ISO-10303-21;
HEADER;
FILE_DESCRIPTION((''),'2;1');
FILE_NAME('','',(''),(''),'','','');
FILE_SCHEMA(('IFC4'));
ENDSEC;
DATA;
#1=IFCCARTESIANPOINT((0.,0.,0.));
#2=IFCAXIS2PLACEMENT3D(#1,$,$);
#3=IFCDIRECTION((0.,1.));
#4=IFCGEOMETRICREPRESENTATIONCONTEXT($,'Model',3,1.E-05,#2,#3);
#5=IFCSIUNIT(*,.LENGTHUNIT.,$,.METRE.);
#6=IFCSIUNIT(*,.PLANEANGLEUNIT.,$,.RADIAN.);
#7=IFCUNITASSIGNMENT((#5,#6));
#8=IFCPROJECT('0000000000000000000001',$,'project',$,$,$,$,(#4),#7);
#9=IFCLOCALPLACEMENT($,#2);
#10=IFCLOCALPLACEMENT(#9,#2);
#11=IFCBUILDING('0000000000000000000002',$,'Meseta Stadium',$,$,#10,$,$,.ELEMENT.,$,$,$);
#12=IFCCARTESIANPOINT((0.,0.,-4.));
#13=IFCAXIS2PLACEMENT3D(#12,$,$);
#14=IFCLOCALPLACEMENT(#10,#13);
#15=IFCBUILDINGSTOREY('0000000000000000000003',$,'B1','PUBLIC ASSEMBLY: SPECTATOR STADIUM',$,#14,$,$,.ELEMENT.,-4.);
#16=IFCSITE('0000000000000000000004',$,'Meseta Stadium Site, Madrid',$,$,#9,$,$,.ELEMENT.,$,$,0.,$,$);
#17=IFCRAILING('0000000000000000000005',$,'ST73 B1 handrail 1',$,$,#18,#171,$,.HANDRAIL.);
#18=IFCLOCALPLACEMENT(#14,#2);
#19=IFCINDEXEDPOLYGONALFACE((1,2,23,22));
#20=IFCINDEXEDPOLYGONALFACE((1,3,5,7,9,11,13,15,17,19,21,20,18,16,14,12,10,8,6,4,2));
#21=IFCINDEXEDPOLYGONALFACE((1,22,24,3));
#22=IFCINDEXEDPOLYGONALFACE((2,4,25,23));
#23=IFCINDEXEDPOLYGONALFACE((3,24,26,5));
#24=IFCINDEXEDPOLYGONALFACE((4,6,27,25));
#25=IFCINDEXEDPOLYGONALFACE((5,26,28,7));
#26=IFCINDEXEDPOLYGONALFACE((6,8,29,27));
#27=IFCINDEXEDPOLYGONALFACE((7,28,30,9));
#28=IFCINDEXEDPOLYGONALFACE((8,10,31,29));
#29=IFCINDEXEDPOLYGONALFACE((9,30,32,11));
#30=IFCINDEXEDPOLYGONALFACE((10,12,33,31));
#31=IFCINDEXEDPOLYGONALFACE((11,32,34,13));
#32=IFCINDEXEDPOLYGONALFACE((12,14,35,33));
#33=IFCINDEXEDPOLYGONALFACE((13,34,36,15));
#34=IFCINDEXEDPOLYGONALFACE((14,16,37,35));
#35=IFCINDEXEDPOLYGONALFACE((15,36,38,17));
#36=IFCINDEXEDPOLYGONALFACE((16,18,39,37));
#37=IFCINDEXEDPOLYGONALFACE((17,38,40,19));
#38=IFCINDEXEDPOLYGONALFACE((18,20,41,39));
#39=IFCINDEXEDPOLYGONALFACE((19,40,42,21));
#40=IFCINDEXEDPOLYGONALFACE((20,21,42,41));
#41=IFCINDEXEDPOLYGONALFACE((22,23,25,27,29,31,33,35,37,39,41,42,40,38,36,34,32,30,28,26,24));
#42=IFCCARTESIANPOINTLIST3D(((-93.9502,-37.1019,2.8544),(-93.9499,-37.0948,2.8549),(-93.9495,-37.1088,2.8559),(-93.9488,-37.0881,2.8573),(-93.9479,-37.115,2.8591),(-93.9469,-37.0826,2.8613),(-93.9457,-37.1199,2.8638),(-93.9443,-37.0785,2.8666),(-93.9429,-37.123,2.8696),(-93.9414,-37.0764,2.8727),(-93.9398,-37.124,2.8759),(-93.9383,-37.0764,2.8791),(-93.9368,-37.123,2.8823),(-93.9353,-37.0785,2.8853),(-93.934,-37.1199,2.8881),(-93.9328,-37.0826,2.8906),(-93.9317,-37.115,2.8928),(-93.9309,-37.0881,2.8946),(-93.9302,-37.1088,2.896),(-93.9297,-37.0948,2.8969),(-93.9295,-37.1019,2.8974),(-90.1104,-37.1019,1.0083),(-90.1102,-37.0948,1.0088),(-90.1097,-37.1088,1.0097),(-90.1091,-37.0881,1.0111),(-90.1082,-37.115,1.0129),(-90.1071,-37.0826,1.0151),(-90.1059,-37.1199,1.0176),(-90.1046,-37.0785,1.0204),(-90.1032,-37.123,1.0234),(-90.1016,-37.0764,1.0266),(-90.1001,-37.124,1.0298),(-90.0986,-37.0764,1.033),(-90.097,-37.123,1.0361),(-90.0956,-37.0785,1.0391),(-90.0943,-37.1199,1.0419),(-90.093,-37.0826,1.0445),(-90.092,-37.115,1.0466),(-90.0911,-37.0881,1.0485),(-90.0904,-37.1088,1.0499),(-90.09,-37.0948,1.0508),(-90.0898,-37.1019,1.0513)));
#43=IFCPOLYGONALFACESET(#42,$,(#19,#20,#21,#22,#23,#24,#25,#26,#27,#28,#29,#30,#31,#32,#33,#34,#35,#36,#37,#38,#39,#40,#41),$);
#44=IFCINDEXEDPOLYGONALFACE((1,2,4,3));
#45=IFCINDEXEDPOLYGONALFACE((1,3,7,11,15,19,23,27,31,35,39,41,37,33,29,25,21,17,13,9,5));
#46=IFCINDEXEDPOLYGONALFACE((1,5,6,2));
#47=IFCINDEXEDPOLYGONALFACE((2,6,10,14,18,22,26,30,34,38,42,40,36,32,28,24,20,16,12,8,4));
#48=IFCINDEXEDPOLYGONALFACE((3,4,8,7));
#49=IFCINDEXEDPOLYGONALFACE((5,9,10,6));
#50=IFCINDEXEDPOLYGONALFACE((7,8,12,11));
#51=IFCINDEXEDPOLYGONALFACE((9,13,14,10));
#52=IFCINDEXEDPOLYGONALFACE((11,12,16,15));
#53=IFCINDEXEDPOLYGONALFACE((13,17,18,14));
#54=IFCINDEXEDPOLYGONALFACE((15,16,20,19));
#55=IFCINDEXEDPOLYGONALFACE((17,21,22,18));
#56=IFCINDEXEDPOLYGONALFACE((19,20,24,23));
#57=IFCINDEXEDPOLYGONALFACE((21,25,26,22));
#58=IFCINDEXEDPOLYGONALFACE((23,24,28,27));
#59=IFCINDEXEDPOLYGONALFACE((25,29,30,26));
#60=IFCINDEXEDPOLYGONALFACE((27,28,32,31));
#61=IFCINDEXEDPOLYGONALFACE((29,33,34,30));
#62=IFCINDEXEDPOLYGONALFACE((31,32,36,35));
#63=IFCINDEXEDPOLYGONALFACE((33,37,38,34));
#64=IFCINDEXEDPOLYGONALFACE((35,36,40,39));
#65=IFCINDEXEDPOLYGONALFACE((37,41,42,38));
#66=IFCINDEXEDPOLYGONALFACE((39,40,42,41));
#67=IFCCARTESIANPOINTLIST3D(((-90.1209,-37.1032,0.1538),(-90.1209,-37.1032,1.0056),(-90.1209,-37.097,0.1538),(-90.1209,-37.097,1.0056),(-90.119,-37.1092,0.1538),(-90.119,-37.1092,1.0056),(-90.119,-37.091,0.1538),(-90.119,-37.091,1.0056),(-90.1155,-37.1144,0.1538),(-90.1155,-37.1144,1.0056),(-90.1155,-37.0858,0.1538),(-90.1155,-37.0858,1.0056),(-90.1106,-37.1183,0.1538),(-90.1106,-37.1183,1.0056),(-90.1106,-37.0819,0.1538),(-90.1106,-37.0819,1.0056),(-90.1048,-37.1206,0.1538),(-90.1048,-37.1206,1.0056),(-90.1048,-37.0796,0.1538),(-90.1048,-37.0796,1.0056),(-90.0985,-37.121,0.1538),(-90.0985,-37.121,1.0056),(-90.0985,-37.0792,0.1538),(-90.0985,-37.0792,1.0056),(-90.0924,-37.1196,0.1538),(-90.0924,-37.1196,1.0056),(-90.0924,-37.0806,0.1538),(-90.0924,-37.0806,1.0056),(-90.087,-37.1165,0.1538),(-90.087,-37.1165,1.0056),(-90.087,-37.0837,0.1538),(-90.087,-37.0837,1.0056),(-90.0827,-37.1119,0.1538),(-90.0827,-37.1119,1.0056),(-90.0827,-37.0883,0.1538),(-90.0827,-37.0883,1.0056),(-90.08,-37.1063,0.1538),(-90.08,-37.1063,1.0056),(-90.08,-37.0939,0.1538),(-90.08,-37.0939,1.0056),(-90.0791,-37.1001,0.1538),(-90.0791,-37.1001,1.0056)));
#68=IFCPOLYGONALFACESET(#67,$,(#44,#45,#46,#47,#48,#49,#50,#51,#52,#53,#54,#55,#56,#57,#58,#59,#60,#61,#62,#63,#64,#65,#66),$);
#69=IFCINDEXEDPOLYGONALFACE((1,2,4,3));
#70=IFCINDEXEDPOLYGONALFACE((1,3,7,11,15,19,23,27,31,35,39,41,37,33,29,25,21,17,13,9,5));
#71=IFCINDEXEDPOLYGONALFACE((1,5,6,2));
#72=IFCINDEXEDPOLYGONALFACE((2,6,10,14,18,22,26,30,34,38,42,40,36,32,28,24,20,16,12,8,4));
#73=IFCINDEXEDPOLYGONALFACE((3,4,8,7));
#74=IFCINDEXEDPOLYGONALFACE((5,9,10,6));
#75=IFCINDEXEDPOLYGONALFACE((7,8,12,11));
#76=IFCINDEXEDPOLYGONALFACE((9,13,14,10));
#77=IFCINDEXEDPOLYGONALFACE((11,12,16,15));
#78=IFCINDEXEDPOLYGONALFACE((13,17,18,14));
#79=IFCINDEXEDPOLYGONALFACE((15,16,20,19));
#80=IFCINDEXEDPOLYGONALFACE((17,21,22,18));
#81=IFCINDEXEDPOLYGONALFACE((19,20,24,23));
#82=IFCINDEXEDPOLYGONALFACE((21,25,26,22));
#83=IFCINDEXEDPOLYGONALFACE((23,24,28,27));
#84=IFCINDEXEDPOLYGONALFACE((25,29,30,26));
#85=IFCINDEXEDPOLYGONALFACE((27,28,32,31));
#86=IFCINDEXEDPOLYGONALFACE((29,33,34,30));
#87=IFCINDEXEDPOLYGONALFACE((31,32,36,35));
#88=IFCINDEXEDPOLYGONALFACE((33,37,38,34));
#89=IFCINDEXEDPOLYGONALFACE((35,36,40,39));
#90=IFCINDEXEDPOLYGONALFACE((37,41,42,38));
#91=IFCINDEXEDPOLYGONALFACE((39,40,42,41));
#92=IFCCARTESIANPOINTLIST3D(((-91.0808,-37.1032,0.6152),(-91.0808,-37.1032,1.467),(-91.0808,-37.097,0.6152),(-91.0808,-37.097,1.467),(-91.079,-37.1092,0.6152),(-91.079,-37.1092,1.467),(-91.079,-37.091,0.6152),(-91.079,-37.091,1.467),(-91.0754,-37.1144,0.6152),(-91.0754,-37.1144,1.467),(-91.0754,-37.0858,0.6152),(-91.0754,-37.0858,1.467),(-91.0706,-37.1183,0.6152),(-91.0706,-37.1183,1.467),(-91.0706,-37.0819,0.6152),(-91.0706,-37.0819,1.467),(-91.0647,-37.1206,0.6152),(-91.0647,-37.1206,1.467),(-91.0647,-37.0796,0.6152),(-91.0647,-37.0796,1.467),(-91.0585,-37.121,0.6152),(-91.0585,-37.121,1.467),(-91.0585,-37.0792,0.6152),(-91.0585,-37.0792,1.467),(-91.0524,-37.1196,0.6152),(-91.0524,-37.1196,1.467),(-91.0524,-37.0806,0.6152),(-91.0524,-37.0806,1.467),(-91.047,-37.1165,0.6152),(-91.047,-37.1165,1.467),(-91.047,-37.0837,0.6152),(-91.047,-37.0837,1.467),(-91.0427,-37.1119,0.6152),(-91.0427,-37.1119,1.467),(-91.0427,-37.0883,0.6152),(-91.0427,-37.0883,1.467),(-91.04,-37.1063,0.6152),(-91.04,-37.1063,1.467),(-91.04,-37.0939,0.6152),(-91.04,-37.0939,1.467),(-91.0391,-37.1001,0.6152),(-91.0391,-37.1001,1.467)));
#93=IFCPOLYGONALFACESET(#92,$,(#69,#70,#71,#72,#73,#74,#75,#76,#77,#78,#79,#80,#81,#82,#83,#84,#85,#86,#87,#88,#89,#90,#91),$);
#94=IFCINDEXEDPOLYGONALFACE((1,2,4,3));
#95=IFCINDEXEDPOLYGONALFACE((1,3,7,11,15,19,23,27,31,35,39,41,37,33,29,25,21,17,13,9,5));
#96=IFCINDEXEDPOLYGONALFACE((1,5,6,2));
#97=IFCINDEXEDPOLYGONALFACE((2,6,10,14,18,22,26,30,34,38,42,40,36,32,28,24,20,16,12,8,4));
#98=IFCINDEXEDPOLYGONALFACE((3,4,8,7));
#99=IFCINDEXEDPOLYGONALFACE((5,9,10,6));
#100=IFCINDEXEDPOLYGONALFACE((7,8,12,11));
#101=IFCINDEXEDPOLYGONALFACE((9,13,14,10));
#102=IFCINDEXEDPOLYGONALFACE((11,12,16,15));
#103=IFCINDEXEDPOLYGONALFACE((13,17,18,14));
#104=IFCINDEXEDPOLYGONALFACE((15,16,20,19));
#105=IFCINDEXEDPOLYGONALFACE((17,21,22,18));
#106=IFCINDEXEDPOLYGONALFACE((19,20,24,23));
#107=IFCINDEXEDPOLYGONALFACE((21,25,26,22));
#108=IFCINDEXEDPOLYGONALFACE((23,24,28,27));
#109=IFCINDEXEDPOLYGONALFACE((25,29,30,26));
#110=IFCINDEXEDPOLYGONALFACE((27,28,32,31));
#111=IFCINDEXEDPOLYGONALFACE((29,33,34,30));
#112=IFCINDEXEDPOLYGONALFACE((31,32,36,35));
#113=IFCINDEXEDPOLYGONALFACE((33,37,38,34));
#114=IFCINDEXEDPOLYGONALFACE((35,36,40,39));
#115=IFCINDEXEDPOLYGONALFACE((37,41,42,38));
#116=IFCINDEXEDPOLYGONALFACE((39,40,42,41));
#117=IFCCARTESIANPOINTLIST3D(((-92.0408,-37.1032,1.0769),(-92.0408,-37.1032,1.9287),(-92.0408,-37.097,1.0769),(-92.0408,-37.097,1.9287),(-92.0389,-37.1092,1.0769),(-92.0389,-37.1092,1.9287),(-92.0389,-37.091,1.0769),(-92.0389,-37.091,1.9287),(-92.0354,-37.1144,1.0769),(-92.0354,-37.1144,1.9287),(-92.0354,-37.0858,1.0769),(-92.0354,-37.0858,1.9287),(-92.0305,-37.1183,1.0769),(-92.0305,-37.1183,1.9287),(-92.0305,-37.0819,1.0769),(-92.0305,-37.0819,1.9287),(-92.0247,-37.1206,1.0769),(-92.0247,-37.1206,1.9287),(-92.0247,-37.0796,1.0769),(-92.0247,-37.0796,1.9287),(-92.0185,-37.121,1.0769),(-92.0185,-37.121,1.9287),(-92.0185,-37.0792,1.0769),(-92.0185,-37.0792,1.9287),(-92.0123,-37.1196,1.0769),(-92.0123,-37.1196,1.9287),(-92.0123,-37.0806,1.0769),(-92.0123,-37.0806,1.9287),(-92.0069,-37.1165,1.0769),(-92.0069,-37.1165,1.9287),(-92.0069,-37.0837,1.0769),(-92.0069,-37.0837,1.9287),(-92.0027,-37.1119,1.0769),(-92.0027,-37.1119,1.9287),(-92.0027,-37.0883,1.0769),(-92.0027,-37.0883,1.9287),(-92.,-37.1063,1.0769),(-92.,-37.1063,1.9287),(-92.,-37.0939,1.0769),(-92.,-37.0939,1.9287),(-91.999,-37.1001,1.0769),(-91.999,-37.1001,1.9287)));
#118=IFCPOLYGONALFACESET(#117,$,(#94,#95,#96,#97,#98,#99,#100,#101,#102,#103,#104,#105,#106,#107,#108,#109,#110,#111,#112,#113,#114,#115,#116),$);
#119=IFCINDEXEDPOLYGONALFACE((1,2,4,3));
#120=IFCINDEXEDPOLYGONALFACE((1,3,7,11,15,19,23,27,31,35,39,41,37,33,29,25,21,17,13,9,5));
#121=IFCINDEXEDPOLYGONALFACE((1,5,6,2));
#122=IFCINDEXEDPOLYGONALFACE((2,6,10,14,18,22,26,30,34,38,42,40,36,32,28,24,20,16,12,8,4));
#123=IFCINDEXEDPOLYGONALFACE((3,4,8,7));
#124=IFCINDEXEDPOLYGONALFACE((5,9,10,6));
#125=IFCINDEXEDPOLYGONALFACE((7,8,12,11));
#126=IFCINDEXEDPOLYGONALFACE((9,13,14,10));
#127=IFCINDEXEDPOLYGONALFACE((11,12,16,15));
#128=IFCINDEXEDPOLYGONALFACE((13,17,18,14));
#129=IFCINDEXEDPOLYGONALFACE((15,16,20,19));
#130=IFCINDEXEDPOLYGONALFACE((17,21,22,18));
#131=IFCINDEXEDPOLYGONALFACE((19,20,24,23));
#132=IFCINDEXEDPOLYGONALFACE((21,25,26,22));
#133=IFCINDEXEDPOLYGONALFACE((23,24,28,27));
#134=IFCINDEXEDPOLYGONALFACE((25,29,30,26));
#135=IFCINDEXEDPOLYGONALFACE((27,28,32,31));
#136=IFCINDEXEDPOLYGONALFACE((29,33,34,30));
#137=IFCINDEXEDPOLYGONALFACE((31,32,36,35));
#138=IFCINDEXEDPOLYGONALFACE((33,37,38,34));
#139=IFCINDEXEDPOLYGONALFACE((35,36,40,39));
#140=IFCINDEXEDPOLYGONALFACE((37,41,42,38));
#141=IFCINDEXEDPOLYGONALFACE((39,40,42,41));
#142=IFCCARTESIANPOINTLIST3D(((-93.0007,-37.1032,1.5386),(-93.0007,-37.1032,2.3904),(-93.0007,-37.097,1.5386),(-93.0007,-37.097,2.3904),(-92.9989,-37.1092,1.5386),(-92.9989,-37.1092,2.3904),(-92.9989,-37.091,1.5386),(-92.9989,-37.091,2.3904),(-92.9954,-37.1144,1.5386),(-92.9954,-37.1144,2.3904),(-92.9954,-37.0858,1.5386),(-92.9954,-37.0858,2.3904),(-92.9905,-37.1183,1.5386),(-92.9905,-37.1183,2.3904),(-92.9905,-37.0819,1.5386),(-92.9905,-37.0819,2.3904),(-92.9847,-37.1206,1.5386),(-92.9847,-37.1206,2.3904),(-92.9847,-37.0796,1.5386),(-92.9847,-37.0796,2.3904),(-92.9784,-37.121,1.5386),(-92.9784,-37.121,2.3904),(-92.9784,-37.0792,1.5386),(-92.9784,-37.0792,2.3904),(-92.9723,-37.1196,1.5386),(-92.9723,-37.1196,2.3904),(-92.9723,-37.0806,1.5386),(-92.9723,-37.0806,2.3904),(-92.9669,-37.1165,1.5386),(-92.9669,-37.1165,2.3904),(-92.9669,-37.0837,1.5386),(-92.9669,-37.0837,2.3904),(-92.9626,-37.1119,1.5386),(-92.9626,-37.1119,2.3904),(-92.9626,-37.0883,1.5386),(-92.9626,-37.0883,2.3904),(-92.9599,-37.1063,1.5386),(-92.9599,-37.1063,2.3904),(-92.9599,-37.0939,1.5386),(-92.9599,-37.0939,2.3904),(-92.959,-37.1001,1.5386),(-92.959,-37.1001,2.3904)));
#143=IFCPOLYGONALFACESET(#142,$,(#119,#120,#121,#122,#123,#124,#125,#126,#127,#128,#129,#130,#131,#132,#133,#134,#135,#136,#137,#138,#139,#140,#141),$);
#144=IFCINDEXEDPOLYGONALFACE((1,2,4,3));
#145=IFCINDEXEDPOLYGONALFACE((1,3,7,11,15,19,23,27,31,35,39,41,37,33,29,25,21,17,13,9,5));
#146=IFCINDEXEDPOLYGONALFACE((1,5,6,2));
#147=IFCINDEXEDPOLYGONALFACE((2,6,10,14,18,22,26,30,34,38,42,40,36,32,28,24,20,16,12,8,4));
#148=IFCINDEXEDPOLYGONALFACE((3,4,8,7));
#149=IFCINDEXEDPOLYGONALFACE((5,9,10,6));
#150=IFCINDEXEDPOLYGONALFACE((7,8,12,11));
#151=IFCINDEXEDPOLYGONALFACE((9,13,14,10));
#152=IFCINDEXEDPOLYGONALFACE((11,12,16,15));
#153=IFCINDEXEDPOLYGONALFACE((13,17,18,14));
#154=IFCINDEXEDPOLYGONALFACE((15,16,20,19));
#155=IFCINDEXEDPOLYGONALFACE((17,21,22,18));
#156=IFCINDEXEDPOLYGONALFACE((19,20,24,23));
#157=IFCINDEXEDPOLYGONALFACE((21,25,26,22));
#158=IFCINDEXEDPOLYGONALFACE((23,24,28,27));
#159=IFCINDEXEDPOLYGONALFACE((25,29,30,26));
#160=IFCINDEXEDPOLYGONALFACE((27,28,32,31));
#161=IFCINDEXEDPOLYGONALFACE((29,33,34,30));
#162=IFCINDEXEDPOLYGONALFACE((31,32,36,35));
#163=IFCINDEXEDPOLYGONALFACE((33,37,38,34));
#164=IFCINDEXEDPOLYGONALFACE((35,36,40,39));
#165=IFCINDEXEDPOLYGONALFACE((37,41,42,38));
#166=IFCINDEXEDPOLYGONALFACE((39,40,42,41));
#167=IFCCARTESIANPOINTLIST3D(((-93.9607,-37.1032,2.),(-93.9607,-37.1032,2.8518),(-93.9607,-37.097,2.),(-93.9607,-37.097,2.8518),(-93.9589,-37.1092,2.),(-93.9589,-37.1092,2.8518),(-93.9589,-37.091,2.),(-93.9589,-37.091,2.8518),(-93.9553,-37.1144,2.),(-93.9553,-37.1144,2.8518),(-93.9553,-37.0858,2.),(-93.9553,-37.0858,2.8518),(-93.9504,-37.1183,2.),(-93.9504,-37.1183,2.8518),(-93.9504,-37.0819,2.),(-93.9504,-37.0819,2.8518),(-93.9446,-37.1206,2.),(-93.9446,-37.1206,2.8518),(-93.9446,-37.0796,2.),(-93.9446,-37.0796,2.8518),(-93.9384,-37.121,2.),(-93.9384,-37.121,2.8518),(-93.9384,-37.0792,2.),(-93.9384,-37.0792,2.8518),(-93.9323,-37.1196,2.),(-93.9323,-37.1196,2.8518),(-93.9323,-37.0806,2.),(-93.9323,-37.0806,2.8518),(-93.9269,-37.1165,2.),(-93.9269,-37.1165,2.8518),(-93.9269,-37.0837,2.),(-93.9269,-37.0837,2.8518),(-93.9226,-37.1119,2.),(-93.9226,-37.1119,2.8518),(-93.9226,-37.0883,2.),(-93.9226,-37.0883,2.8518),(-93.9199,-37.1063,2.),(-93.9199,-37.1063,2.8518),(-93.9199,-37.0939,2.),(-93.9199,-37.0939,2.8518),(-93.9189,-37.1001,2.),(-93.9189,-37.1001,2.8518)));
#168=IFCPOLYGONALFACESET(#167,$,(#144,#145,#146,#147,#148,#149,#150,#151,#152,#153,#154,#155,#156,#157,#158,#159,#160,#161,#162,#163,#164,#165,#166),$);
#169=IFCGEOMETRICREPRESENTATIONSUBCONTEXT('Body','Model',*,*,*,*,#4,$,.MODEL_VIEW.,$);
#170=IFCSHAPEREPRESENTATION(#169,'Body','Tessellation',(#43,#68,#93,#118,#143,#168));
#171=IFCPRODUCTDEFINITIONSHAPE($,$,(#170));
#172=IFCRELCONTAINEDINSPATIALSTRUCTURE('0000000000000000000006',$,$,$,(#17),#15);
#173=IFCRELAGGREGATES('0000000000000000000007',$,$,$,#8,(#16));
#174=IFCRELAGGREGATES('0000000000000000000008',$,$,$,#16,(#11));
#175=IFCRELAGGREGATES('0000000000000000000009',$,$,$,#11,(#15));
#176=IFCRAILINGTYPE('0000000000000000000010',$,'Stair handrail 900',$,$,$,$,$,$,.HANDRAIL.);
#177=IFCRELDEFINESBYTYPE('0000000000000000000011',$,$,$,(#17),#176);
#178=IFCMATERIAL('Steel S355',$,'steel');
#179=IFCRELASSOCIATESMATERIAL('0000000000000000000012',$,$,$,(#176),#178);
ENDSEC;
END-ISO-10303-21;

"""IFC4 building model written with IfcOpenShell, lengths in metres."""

from ifc_helpers import new_model, si_unit, direction, frame, origin, origin_2d, place, context, subcontext, project, spatial, circle, extrude, material, type_object, element, save


model = new_model("IFC4")

# Units and contexts
model_context = context("Model", 3, precision=1e-05, world=origin(), true_north=direction((0.0, 1.0)))
body_context = subcontext(model_context, "Body", "Model", "MODEL_VIEW")
ifc_project = project(units=[si_unit("LENGTHUNIT", "METRE"), si_unit("PLANEANGLEUNIT", "RADIAN")], contexts=[model_context])

# Site, building, storey
site_placement = place(None, origin())
site = spatial("IfcSite", under=ifc_project, at=site_placement, Name="Meseta Stadium Site, Madrid", CompositionType="ELEMENT", RefElevation=0.0)
building_placement = place(site_placement, origin())
building = spatial("IfcBuilding", under=site, at=building_placement, Name="Meseta Stadium", CompositionType="ELEMENT")
storey_placement = place(building_placement, frame((0.0, 0.0, -4.0)))
storey = spatial("IfcBuildingStorey", under=building, at=storey_placement, Name="B1", Description="PUBLIC ASSEMBLY: SPECTATOR STADIUM", CompositionType="ELEMENT", Elevation=-4.0)

# Railing
ifc_material_1 = material(Name="Steel S355", Category="steel")
railing_type_1 = type_object("IfcRailingType", Name="Stair handrail 900", PredefinedType="HANDRAIL", material=ifc_material_1)
railing_1_placement = place(storey_placement, frame((-90.1001, -37.1001, 0.1538)))
element("IfcRailing", 1, at=railing_1_placement, inside=storey, type_object=railing_type_1, Name="ST73 B1 handrail 1", PredefinedType="HANDRAIL", context=body_context, shape_type="SweptSolid", body=[
    extrude(circle(Radius=0.0239, at=origin_2d()), frame((0.0, 0.0, 0.876), z_axis=(-0.901242, 0.0, 0.433316), x_axis=(0.0, -1.0, 0.0)), (0.0, 0.0, 1.0), 4.2605),
    extrude(circle(Radius=0.021, at=origin_2d()), origin(), (0.0, 0.0, 1.0), 0.8518),
    extrude(circle(Radius=0.021, at=origin_2d()), frame((-0.96, 0.0, 0.4614)), (0.0, 0.0, 1.0), 0.8518),
    extrude(circle(Radius=0.021, at=origin_2d()), frame((-1.9199, 0.0, 0.9231)), (0.0, 0.0, 1.0), 0.8518),
    extrude(circle(Radius=0.021, at=origin_2d()), frame((-2.8799, 0.0, 1.3848)), (0.0, 0.0, 1.0), 0.8518),
    extrude(circle(Radius=0.021, at=origin_2d()), frame((-3.8398, 0.0, 1.8462)), (0.0, 0.0, 1.0), 0.8518),
])

save(model, "model.ifc")
